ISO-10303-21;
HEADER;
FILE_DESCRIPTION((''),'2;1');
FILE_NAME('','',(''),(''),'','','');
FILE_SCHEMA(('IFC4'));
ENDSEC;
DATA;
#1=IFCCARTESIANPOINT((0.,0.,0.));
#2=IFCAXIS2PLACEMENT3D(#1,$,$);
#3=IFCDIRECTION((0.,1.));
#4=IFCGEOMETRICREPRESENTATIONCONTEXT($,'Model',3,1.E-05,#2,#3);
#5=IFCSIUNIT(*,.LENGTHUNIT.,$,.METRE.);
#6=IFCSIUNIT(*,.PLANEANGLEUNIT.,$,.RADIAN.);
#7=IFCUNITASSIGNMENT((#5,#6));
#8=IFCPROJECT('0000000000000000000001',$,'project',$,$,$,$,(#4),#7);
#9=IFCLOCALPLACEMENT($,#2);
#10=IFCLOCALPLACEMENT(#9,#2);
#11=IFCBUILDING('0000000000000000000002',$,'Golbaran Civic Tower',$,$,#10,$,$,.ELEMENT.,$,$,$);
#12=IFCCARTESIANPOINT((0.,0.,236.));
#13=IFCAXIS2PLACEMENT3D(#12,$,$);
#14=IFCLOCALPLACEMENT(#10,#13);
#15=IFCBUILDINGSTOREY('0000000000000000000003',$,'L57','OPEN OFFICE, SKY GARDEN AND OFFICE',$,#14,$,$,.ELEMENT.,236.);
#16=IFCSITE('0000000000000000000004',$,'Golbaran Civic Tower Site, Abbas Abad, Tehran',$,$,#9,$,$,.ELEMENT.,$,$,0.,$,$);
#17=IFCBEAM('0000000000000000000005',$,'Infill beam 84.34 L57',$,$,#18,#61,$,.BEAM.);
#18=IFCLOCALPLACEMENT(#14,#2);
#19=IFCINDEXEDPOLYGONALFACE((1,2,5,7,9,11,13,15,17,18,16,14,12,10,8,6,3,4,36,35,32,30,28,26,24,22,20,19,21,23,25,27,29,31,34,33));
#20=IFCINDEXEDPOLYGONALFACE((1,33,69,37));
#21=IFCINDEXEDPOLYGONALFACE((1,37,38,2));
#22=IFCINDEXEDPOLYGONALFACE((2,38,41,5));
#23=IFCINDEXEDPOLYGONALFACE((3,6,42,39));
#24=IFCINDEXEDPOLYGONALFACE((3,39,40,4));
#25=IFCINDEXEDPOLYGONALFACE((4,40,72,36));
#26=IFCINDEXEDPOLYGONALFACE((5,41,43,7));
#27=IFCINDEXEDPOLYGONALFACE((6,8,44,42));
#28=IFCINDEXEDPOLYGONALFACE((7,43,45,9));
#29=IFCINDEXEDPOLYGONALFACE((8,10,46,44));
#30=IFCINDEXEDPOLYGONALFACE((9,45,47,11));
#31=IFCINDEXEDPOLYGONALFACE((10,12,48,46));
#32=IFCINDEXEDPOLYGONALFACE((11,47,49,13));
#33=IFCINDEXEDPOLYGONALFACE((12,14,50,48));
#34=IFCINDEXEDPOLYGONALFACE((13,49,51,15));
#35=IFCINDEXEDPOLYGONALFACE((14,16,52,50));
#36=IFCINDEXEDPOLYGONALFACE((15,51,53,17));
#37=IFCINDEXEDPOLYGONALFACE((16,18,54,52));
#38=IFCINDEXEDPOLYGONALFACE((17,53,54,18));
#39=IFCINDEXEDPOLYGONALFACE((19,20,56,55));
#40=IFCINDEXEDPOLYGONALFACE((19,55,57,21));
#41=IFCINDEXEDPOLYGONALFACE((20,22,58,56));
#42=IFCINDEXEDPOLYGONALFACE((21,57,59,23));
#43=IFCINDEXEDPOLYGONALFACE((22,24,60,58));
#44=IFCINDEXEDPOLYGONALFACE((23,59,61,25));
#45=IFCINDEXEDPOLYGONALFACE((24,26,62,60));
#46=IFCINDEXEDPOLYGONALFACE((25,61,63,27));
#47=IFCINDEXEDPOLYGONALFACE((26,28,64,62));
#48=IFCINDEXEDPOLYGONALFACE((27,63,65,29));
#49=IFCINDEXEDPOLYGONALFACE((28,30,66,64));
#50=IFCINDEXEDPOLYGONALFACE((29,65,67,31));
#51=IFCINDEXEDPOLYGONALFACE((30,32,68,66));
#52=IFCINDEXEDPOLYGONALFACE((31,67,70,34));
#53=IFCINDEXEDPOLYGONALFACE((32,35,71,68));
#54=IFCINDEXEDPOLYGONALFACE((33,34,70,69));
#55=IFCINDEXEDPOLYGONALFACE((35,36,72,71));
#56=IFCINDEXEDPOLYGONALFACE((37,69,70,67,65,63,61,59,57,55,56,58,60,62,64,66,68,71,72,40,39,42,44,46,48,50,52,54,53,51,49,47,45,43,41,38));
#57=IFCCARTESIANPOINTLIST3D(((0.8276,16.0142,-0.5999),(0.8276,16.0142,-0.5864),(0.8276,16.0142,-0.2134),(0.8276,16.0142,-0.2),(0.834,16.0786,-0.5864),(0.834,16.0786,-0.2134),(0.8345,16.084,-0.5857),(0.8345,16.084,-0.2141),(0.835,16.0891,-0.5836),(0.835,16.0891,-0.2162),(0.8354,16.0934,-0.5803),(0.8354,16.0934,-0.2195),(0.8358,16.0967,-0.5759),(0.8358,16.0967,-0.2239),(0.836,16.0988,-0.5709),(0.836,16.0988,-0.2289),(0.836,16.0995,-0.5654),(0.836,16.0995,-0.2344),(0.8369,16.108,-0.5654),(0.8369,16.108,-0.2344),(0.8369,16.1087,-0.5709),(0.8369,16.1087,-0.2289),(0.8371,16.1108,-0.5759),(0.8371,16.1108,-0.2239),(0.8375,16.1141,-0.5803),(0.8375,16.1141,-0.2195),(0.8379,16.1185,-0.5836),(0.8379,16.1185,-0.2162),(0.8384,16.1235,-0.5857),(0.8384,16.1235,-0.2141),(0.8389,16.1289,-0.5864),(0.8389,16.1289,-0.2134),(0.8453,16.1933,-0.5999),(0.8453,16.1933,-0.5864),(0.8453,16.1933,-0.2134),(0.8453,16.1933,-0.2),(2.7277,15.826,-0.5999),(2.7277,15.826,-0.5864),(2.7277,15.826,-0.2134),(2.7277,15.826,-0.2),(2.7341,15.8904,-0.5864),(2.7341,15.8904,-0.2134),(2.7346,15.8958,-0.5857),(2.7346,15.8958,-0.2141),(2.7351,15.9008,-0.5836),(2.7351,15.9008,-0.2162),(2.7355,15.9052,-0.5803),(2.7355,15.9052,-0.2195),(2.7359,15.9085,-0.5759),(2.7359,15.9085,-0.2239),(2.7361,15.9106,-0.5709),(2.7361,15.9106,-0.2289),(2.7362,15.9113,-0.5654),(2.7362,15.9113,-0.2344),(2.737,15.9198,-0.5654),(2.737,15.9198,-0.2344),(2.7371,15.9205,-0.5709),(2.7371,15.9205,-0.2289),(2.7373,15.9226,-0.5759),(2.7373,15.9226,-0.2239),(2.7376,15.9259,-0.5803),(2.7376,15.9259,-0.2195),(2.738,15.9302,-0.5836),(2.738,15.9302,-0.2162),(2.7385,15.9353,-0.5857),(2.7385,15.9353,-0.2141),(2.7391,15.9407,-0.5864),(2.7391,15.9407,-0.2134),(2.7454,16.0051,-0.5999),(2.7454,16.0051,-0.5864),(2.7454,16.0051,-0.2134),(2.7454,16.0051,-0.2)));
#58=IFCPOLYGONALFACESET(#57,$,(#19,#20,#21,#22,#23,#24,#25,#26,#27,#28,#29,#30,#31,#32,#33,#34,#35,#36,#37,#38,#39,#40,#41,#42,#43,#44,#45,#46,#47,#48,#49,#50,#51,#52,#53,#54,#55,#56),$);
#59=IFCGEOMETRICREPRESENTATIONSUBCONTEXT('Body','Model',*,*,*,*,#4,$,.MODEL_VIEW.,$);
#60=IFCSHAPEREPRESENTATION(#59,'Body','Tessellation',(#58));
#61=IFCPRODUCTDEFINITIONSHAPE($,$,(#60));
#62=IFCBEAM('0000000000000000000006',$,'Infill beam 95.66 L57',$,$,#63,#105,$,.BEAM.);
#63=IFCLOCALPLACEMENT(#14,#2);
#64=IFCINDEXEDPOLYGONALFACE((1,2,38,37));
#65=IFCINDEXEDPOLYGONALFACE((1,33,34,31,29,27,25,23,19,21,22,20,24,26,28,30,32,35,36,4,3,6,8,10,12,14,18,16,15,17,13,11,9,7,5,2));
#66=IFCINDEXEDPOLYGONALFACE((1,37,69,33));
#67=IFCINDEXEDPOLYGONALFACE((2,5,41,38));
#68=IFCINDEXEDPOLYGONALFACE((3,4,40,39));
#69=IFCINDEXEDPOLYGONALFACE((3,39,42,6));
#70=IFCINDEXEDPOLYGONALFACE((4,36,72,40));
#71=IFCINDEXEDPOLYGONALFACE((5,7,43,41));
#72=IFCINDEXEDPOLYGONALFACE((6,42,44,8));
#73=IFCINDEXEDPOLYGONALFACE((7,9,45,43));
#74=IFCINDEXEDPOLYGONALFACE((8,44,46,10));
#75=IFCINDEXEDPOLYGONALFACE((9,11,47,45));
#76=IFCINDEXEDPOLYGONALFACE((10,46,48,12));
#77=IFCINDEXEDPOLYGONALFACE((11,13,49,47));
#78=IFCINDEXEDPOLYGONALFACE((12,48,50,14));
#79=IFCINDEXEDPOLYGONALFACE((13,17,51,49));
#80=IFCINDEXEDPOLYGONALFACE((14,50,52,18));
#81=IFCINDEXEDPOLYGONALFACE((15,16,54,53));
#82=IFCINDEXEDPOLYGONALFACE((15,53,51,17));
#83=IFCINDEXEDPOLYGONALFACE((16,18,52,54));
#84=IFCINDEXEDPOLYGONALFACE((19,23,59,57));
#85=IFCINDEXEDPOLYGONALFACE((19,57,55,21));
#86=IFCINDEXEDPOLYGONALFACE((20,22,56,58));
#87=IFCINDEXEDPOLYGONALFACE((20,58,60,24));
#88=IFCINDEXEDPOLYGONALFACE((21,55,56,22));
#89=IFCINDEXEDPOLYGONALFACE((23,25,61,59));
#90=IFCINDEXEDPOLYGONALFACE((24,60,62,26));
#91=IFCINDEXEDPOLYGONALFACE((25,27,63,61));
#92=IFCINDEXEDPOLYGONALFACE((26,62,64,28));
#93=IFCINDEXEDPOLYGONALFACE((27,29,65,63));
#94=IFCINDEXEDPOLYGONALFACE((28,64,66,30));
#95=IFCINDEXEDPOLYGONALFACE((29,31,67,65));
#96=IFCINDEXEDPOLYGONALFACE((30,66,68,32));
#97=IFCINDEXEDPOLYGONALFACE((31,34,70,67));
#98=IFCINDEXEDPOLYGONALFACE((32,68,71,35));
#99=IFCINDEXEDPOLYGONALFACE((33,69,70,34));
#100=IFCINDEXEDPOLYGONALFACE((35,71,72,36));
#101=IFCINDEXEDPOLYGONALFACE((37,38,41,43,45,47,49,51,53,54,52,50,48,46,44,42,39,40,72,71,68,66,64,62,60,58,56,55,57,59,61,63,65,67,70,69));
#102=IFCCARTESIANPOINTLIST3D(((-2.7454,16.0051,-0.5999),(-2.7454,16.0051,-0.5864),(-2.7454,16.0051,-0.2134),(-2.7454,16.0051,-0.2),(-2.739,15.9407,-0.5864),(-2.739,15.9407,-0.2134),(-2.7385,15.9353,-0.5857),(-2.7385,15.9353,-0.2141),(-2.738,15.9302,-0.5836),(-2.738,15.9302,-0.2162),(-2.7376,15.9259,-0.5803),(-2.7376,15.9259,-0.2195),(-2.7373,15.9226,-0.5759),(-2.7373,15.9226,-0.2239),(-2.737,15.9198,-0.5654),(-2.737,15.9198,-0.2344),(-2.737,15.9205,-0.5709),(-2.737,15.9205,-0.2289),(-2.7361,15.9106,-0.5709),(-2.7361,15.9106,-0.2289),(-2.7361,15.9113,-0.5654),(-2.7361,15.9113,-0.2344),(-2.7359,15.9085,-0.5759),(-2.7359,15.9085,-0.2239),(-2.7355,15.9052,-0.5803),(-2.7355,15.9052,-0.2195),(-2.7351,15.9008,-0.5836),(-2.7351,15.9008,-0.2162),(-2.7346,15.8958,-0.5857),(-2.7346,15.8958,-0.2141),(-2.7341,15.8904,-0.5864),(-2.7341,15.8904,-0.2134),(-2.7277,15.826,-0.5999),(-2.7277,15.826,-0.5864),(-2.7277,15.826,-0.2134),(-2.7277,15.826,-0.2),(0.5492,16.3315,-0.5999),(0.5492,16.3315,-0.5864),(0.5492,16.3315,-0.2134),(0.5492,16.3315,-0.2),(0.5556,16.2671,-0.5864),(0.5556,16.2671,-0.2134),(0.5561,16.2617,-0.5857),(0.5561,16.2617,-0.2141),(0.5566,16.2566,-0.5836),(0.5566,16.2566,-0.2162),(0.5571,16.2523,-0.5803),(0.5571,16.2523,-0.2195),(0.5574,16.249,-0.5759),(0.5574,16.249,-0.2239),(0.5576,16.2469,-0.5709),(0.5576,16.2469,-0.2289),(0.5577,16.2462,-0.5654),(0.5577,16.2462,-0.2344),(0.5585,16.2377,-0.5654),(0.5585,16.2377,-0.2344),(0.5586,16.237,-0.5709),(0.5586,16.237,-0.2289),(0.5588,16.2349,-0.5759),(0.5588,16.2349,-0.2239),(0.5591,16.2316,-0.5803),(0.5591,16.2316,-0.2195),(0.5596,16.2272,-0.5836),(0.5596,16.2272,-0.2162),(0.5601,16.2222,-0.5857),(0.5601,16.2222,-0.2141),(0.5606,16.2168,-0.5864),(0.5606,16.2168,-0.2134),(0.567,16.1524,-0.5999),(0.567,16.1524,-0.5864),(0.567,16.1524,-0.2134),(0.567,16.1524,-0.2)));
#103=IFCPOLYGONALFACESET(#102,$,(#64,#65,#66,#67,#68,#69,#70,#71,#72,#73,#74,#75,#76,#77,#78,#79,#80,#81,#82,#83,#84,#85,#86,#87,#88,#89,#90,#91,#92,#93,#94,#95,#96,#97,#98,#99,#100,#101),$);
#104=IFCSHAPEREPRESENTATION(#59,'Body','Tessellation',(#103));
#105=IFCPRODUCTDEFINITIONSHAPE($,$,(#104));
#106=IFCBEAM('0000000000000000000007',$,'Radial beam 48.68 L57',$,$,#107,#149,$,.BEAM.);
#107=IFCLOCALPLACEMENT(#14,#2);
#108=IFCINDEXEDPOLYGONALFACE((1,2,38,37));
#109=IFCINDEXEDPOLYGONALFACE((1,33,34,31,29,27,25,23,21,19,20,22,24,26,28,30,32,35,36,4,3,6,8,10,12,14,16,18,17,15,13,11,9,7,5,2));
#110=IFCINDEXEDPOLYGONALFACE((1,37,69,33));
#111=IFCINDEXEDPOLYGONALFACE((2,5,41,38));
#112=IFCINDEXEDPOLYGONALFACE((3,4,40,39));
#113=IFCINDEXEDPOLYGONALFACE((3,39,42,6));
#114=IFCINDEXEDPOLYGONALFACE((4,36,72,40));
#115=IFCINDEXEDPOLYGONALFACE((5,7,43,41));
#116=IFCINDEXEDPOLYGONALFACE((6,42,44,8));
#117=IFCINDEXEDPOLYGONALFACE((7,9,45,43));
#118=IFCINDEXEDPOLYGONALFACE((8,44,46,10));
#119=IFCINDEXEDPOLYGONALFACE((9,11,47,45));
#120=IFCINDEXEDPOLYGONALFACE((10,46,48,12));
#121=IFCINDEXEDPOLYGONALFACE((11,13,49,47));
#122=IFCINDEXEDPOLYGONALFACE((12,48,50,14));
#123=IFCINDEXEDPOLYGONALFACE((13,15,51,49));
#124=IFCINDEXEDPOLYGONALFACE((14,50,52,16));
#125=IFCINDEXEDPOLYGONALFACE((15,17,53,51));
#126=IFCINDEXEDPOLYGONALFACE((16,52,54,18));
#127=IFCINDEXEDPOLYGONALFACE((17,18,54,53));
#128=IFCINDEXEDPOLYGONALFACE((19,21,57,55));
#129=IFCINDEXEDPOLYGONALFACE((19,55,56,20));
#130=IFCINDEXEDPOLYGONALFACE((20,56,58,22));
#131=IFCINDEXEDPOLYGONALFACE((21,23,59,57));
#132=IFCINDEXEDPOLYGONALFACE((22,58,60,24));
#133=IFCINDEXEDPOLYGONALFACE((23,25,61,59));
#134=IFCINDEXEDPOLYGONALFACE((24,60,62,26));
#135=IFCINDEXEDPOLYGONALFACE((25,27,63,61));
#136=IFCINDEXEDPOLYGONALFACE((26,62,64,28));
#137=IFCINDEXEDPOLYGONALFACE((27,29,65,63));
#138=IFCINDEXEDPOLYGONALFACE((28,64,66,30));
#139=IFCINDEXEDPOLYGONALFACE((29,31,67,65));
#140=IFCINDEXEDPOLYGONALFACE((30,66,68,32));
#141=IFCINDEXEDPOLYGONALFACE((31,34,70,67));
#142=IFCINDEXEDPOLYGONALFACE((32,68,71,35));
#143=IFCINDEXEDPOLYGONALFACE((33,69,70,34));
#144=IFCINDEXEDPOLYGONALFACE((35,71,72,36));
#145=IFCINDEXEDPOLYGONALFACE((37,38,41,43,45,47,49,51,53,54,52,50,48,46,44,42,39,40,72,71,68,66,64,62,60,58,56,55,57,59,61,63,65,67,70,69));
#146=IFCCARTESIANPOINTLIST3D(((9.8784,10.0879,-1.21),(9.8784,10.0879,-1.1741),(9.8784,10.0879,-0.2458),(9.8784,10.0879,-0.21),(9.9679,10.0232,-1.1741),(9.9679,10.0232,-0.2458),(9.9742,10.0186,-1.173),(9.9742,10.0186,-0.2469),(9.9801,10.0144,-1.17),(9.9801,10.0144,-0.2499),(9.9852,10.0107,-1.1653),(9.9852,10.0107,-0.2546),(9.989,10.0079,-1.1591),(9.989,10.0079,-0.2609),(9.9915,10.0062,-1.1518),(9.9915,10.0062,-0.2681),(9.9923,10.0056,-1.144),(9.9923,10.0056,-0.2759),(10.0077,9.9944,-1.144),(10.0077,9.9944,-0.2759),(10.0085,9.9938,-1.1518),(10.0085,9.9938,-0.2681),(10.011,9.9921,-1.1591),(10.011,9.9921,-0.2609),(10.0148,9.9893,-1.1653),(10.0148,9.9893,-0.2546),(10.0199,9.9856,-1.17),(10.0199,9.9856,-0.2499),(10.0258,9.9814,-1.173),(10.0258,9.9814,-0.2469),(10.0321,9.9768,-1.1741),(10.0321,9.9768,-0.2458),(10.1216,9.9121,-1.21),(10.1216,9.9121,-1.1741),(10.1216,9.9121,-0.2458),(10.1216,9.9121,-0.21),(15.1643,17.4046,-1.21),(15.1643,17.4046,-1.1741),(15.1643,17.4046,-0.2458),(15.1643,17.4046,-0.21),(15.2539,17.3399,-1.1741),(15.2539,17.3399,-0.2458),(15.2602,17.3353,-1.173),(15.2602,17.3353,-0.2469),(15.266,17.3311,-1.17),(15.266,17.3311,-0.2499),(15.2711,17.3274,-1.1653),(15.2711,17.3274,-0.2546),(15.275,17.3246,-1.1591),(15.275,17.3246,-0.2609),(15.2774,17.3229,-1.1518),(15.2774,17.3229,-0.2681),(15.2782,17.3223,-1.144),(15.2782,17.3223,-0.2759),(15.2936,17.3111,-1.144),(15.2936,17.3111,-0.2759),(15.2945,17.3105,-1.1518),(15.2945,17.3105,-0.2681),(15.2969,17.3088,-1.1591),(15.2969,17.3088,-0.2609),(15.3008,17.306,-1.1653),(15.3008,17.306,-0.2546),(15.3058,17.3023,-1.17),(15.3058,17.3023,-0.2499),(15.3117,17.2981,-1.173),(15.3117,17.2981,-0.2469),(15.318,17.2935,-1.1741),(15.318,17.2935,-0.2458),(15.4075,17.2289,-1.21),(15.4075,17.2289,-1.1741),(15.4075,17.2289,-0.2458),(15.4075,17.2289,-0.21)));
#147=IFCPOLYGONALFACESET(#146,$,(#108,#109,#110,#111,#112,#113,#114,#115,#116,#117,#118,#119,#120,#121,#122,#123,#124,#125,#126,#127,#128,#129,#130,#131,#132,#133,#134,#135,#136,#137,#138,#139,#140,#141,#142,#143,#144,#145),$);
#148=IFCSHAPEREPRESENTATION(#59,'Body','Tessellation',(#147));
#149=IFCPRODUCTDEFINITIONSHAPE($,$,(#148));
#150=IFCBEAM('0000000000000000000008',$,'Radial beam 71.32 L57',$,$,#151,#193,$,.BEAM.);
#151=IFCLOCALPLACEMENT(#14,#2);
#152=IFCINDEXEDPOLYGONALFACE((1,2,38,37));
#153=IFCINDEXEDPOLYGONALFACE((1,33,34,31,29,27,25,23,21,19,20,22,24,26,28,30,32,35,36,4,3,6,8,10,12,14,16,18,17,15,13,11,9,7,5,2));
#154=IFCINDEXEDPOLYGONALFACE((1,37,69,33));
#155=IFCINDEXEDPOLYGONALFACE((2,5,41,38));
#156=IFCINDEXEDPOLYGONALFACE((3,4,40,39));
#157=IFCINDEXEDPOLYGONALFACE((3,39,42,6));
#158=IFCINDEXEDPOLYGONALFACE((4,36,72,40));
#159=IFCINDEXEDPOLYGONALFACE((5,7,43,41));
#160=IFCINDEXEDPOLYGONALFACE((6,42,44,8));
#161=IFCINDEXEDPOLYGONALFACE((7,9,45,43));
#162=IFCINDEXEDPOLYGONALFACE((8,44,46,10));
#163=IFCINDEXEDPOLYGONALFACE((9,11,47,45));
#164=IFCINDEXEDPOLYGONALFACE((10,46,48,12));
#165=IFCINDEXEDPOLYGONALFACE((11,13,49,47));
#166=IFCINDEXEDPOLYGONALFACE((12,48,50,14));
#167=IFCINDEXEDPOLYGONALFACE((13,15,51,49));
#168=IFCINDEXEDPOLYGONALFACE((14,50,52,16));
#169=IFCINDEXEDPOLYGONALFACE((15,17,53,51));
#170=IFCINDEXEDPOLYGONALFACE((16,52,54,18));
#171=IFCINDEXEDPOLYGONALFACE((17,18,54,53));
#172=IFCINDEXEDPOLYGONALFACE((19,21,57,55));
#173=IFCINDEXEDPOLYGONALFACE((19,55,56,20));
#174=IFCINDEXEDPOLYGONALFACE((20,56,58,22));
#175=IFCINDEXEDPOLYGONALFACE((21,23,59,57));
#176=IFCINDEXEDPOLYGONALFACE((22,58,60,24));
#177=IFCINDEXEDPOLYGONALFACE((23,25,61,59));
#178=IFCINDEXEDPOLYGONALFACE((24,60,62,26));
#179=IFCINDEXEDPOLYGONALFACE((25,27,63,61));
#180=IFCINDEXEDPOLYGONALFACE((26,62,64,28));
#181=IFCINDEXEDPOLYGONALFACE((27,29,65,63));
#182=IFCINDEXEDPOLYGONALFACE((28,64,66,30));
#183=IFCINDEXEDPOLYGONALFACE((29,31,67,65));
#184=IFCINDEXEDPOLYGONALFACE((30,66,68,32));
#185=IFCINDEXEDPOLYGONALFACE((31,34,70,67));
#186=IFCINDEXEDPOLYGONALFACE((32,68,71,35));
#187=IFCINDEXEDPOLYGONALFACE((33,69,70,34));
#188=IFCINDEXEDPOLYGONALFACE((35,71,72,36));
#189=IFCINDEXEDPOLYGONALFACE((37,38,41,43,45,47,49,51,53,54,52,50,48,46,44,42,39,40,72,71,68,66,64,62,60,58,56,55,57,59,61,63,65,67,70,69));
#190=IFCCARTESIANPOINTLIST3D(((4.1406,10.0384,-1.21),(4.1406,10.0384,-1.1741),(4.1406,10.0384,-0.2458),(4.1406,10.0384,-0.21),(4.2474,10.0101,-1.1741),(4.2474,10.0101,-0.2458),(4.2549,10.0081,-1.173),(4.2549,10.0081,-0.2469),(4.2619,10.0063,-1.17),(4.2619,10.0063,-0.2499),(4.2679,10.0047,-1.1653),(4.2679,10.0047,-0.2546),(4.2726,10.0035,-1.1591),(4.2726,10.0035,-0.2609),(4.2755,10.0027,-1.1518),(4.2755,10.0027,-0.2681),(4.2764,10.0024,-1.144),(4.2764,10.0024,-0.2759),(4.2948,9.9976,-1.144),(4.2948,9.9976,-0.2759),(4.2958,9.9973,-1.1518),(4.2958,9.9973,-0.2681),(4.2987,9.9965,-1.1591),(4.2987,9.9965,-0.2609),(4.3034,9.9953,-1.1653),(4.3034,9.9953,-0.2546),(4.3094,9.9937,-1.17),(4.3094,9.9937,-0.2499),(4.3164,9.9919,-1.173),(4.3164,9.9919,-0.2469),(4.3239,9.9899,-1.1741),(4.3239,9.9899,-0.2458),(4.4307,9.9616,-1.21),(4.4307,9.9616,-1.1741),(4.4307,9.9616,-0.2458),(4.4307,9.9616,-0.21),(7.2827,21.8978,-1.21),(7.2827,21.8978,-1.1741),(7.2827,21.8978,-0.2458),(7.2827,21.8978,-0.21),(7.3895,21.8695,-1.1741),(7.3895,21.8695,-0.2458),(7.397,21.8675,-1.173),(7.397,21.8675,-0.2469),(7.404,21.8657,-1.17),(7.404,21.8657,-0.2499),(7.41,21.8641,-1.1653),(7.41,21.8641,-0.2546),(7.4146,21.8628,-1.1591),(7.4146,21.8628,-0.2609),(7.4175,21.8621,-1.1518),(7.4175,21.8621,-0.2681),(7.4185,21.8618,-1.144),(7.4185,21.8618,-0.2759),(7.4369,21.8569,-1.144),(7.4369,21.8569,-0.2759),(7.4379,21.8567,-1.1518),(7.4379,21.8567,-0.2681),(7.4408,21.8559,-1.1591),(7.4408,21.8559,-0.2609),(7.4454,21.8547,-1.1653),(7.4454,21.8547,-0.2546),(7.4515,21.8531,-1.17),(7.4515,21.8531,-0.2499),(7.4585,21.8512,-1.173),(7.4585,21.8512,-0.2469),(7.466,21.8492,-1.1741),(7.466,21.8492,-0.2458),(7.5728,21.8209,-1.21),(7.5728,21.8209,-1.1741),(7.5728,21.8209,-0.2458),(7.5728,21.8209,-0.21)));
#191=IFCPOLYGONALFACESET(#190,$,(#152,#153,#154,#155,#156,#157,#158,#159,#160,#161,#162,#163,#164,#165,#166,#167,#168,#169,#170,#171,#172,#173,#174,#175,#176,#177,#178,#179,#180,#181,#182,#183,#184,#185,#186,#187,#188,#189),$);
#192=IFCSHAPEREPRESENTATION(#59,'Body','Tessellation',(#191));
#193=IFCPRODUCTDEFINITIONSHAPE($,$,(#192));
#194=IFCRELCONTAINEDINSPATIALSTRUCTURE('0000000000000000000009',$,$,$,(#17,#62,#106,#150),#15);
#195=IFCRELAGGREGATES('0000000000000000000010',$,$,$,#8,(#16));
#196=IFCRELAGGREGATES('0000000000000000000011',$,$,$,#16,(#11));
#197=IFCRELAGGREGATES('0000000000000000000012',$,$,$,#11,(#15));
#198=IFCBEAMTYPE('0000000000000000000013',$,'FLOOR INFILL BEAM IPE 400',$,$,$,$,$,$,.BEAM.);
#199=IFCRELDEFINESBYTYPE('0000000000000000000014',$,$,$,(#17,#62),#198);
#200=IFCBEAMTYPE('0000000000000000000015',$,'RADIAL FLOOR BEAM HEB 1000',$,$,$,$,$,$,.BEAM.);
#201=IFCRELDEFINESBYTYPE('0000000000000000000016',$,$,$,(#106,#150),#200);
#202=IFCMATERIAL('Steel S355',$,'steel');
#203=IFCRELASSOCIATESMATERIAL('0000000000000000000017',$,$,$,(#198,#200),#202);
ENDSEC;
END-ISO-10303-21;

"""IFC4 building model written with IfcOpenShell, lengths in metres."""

from ifc_helpers import new_model, si_unit, direction, frame, origin, origin_2d, place, context, subcontext, project, spatial, i_section, extrude, material, material_profile, profile_set, type_object, element, save


model = new_model("IFC4")

# Units and contexts
model_context = context("Model", 3, precision=1e-05, world=origin(), true_north=direction((0.0, 1.0)))
body_context = subcontext(model_context, "Body", "Model", "MODEL_VIEW")
ifc_project = project(units=[si_unit("LENGTHUNIT", "METRE"), si_unit("PLANEANGLEUNIT", "RADIAN")], contexts=[model_context])

# Site, building, storey
site_placement = place(None, origin())
site = spatial("IfcSite", under=ifc_project, at=site_placement, Name="Golbaran Civic Tower Site, Abbas Abad, Tehran", CompositionType="ELEMENT", RefElevation=0.0)
building_placement = place(site_placement, origin())
building = spatial("IfcBuilding", under=site, at=building_placement, Name="Golbaran Civic Tower", CompositionType="ELEMENT")
storey_placement = place(building_placement, frame((0.0, 0.0, 236.0)))
storey = spatial("IfcBuildingStorey", under=building, at=storey_placement, Name="L57", Description="OPEN OFFICE, SKY GARDEN AND OFFICE", CompositionType="ELEMENT", Elevation=236.0)

# Beams
ifc_material_1 = material(Name="Steel S355", Category="steel")
ifc_material_profile_1 = material_profile(ifc_material_1, i_section(OverallWidth=0.1799, OverallDepth=0.3999, WebThickness=0.0085, FlangeThickness=0.0134, FilletRadius=0.021, at=origin_2d()), Name="IPE 400")
ifc_profile_set_1 = profile_set([ifc_material_profile_1], Name="Steel S355")
beam_type_1 = type_object("IfcBeamType", Name="FLOOR INFILL BEAM IPE 400", PredefinedType="BEAM", material=ifc_profile_set_1)
beam_1_placement = place(storey_placement, frame((2.7366, 15.9155, -0.3999), z_axis=(-0.995129, 0.09858, 0.0), x_axis=(-0.09858, -0.995129, 0.0)))
element("IfcBeam", 1, at=beam_1_placement, inside=storey, type_object=beam_type_1, Name="Infill beam 84.34 L57", PredefinedType="BEAM", context=body_context, shape_type="SweptSolid", body=[
    extrude(i_section(OverallWidth=0.1799, OverallDepth=0.3999, WebThickness=0.0085, FlangeThickness=0.0134, FilletRadius=0.021, at=origin_2d()), origin(), (0.0, 0.0, 1.0), 1.9094),
])
beam_2_placement = place(storey_placement, frame((0.5581, 16.2419, -0.3999), z_axis=(-0.995128, -0.098591, 0.0), x_axis=(0.098591, -0.995128, 0.0)))
element("IfcBeam", 2, at=beam_2_placement, inside=storey, type_object=beam_type_1, Name="Infill beam 95.66 L57", PredefinedType="BEAM", context=body_context, shape_type="SweptSolid", body=[
    extrude(i_section(OverallWidth=0.1799, OverallDepth=0.3999, WebThickness=0.0085, FlangeThickness=0.0134, FilletRadius=0.021, at=origin_2d()), origin(), (0.0, 0.0, 1.0), 3.3108),
])
ifc_material_profile_2 = material_profile(ifc_material_1, i_section(OverallWidth=0.3, OverallDepth=1.0, WebThickness=0.019, FlangeThickness=0.0359, FilletRadius=0.03, at=origin_2d()), Name="HEB 1000")
ifc_profile_set_2 = profile_set([ifc_material_profile_2], Name="Steel S355")
beam_type_2 = type_object("IfcBeamType", Name="RADIAL FLOOR BEAM HEB 1000", PredefinedType="BEAM", material=ifc_profile_set_2)
beam_3_placement = place(storey_placement, frame((10.0, 10.0, -0.71), z_axis=(0.58561, 0.810593, 0.0), x_axis=(-0.810593, 0.58561, 0.0)))
element("IfcBeam", 3, at=beam_3_placement, inside=storey, type_object=beam_type_2, Name="Radial beam 48.68 L57", PredefinedType="BEAM", context=body_context, shape_type="SweptSolid", body=[
    extrude(i_section(OverallWidth=0.3, OverallDepth=1.0, WebThickness=0.019, FlangeThickness=0.0359, FilletRadius=0.03, at=origin_2d()), origin(), (0.0, 0.0, 1.0), 9.0264),
])
beam_4_placement = place(storey_placement, frame((4.2856, 10.0, -0.71), z_axis=(0.256109, 0.966648, 0.0), x_axis=(-0.966648, 0.256109, 0.0)))
element("IfcBeam", 4, at=beam_4_placement, inside=storey, type_object=beam_type_2, Name="Radial beam 71.32 L57", PredefinedType="BEAM", context=body_context, shape_type="SweptSolid", body=[
    extrude(i_section(OverallWidth=0.3, OverallDepth=1.0, WebThickness=0.019, FlangeThickness=0.0359, FilletRadius=0.03, at=origin_2d()), origin(), (0.0, 0.0, 1.0), 12.2686),
])

save(model, "model.ifc")
